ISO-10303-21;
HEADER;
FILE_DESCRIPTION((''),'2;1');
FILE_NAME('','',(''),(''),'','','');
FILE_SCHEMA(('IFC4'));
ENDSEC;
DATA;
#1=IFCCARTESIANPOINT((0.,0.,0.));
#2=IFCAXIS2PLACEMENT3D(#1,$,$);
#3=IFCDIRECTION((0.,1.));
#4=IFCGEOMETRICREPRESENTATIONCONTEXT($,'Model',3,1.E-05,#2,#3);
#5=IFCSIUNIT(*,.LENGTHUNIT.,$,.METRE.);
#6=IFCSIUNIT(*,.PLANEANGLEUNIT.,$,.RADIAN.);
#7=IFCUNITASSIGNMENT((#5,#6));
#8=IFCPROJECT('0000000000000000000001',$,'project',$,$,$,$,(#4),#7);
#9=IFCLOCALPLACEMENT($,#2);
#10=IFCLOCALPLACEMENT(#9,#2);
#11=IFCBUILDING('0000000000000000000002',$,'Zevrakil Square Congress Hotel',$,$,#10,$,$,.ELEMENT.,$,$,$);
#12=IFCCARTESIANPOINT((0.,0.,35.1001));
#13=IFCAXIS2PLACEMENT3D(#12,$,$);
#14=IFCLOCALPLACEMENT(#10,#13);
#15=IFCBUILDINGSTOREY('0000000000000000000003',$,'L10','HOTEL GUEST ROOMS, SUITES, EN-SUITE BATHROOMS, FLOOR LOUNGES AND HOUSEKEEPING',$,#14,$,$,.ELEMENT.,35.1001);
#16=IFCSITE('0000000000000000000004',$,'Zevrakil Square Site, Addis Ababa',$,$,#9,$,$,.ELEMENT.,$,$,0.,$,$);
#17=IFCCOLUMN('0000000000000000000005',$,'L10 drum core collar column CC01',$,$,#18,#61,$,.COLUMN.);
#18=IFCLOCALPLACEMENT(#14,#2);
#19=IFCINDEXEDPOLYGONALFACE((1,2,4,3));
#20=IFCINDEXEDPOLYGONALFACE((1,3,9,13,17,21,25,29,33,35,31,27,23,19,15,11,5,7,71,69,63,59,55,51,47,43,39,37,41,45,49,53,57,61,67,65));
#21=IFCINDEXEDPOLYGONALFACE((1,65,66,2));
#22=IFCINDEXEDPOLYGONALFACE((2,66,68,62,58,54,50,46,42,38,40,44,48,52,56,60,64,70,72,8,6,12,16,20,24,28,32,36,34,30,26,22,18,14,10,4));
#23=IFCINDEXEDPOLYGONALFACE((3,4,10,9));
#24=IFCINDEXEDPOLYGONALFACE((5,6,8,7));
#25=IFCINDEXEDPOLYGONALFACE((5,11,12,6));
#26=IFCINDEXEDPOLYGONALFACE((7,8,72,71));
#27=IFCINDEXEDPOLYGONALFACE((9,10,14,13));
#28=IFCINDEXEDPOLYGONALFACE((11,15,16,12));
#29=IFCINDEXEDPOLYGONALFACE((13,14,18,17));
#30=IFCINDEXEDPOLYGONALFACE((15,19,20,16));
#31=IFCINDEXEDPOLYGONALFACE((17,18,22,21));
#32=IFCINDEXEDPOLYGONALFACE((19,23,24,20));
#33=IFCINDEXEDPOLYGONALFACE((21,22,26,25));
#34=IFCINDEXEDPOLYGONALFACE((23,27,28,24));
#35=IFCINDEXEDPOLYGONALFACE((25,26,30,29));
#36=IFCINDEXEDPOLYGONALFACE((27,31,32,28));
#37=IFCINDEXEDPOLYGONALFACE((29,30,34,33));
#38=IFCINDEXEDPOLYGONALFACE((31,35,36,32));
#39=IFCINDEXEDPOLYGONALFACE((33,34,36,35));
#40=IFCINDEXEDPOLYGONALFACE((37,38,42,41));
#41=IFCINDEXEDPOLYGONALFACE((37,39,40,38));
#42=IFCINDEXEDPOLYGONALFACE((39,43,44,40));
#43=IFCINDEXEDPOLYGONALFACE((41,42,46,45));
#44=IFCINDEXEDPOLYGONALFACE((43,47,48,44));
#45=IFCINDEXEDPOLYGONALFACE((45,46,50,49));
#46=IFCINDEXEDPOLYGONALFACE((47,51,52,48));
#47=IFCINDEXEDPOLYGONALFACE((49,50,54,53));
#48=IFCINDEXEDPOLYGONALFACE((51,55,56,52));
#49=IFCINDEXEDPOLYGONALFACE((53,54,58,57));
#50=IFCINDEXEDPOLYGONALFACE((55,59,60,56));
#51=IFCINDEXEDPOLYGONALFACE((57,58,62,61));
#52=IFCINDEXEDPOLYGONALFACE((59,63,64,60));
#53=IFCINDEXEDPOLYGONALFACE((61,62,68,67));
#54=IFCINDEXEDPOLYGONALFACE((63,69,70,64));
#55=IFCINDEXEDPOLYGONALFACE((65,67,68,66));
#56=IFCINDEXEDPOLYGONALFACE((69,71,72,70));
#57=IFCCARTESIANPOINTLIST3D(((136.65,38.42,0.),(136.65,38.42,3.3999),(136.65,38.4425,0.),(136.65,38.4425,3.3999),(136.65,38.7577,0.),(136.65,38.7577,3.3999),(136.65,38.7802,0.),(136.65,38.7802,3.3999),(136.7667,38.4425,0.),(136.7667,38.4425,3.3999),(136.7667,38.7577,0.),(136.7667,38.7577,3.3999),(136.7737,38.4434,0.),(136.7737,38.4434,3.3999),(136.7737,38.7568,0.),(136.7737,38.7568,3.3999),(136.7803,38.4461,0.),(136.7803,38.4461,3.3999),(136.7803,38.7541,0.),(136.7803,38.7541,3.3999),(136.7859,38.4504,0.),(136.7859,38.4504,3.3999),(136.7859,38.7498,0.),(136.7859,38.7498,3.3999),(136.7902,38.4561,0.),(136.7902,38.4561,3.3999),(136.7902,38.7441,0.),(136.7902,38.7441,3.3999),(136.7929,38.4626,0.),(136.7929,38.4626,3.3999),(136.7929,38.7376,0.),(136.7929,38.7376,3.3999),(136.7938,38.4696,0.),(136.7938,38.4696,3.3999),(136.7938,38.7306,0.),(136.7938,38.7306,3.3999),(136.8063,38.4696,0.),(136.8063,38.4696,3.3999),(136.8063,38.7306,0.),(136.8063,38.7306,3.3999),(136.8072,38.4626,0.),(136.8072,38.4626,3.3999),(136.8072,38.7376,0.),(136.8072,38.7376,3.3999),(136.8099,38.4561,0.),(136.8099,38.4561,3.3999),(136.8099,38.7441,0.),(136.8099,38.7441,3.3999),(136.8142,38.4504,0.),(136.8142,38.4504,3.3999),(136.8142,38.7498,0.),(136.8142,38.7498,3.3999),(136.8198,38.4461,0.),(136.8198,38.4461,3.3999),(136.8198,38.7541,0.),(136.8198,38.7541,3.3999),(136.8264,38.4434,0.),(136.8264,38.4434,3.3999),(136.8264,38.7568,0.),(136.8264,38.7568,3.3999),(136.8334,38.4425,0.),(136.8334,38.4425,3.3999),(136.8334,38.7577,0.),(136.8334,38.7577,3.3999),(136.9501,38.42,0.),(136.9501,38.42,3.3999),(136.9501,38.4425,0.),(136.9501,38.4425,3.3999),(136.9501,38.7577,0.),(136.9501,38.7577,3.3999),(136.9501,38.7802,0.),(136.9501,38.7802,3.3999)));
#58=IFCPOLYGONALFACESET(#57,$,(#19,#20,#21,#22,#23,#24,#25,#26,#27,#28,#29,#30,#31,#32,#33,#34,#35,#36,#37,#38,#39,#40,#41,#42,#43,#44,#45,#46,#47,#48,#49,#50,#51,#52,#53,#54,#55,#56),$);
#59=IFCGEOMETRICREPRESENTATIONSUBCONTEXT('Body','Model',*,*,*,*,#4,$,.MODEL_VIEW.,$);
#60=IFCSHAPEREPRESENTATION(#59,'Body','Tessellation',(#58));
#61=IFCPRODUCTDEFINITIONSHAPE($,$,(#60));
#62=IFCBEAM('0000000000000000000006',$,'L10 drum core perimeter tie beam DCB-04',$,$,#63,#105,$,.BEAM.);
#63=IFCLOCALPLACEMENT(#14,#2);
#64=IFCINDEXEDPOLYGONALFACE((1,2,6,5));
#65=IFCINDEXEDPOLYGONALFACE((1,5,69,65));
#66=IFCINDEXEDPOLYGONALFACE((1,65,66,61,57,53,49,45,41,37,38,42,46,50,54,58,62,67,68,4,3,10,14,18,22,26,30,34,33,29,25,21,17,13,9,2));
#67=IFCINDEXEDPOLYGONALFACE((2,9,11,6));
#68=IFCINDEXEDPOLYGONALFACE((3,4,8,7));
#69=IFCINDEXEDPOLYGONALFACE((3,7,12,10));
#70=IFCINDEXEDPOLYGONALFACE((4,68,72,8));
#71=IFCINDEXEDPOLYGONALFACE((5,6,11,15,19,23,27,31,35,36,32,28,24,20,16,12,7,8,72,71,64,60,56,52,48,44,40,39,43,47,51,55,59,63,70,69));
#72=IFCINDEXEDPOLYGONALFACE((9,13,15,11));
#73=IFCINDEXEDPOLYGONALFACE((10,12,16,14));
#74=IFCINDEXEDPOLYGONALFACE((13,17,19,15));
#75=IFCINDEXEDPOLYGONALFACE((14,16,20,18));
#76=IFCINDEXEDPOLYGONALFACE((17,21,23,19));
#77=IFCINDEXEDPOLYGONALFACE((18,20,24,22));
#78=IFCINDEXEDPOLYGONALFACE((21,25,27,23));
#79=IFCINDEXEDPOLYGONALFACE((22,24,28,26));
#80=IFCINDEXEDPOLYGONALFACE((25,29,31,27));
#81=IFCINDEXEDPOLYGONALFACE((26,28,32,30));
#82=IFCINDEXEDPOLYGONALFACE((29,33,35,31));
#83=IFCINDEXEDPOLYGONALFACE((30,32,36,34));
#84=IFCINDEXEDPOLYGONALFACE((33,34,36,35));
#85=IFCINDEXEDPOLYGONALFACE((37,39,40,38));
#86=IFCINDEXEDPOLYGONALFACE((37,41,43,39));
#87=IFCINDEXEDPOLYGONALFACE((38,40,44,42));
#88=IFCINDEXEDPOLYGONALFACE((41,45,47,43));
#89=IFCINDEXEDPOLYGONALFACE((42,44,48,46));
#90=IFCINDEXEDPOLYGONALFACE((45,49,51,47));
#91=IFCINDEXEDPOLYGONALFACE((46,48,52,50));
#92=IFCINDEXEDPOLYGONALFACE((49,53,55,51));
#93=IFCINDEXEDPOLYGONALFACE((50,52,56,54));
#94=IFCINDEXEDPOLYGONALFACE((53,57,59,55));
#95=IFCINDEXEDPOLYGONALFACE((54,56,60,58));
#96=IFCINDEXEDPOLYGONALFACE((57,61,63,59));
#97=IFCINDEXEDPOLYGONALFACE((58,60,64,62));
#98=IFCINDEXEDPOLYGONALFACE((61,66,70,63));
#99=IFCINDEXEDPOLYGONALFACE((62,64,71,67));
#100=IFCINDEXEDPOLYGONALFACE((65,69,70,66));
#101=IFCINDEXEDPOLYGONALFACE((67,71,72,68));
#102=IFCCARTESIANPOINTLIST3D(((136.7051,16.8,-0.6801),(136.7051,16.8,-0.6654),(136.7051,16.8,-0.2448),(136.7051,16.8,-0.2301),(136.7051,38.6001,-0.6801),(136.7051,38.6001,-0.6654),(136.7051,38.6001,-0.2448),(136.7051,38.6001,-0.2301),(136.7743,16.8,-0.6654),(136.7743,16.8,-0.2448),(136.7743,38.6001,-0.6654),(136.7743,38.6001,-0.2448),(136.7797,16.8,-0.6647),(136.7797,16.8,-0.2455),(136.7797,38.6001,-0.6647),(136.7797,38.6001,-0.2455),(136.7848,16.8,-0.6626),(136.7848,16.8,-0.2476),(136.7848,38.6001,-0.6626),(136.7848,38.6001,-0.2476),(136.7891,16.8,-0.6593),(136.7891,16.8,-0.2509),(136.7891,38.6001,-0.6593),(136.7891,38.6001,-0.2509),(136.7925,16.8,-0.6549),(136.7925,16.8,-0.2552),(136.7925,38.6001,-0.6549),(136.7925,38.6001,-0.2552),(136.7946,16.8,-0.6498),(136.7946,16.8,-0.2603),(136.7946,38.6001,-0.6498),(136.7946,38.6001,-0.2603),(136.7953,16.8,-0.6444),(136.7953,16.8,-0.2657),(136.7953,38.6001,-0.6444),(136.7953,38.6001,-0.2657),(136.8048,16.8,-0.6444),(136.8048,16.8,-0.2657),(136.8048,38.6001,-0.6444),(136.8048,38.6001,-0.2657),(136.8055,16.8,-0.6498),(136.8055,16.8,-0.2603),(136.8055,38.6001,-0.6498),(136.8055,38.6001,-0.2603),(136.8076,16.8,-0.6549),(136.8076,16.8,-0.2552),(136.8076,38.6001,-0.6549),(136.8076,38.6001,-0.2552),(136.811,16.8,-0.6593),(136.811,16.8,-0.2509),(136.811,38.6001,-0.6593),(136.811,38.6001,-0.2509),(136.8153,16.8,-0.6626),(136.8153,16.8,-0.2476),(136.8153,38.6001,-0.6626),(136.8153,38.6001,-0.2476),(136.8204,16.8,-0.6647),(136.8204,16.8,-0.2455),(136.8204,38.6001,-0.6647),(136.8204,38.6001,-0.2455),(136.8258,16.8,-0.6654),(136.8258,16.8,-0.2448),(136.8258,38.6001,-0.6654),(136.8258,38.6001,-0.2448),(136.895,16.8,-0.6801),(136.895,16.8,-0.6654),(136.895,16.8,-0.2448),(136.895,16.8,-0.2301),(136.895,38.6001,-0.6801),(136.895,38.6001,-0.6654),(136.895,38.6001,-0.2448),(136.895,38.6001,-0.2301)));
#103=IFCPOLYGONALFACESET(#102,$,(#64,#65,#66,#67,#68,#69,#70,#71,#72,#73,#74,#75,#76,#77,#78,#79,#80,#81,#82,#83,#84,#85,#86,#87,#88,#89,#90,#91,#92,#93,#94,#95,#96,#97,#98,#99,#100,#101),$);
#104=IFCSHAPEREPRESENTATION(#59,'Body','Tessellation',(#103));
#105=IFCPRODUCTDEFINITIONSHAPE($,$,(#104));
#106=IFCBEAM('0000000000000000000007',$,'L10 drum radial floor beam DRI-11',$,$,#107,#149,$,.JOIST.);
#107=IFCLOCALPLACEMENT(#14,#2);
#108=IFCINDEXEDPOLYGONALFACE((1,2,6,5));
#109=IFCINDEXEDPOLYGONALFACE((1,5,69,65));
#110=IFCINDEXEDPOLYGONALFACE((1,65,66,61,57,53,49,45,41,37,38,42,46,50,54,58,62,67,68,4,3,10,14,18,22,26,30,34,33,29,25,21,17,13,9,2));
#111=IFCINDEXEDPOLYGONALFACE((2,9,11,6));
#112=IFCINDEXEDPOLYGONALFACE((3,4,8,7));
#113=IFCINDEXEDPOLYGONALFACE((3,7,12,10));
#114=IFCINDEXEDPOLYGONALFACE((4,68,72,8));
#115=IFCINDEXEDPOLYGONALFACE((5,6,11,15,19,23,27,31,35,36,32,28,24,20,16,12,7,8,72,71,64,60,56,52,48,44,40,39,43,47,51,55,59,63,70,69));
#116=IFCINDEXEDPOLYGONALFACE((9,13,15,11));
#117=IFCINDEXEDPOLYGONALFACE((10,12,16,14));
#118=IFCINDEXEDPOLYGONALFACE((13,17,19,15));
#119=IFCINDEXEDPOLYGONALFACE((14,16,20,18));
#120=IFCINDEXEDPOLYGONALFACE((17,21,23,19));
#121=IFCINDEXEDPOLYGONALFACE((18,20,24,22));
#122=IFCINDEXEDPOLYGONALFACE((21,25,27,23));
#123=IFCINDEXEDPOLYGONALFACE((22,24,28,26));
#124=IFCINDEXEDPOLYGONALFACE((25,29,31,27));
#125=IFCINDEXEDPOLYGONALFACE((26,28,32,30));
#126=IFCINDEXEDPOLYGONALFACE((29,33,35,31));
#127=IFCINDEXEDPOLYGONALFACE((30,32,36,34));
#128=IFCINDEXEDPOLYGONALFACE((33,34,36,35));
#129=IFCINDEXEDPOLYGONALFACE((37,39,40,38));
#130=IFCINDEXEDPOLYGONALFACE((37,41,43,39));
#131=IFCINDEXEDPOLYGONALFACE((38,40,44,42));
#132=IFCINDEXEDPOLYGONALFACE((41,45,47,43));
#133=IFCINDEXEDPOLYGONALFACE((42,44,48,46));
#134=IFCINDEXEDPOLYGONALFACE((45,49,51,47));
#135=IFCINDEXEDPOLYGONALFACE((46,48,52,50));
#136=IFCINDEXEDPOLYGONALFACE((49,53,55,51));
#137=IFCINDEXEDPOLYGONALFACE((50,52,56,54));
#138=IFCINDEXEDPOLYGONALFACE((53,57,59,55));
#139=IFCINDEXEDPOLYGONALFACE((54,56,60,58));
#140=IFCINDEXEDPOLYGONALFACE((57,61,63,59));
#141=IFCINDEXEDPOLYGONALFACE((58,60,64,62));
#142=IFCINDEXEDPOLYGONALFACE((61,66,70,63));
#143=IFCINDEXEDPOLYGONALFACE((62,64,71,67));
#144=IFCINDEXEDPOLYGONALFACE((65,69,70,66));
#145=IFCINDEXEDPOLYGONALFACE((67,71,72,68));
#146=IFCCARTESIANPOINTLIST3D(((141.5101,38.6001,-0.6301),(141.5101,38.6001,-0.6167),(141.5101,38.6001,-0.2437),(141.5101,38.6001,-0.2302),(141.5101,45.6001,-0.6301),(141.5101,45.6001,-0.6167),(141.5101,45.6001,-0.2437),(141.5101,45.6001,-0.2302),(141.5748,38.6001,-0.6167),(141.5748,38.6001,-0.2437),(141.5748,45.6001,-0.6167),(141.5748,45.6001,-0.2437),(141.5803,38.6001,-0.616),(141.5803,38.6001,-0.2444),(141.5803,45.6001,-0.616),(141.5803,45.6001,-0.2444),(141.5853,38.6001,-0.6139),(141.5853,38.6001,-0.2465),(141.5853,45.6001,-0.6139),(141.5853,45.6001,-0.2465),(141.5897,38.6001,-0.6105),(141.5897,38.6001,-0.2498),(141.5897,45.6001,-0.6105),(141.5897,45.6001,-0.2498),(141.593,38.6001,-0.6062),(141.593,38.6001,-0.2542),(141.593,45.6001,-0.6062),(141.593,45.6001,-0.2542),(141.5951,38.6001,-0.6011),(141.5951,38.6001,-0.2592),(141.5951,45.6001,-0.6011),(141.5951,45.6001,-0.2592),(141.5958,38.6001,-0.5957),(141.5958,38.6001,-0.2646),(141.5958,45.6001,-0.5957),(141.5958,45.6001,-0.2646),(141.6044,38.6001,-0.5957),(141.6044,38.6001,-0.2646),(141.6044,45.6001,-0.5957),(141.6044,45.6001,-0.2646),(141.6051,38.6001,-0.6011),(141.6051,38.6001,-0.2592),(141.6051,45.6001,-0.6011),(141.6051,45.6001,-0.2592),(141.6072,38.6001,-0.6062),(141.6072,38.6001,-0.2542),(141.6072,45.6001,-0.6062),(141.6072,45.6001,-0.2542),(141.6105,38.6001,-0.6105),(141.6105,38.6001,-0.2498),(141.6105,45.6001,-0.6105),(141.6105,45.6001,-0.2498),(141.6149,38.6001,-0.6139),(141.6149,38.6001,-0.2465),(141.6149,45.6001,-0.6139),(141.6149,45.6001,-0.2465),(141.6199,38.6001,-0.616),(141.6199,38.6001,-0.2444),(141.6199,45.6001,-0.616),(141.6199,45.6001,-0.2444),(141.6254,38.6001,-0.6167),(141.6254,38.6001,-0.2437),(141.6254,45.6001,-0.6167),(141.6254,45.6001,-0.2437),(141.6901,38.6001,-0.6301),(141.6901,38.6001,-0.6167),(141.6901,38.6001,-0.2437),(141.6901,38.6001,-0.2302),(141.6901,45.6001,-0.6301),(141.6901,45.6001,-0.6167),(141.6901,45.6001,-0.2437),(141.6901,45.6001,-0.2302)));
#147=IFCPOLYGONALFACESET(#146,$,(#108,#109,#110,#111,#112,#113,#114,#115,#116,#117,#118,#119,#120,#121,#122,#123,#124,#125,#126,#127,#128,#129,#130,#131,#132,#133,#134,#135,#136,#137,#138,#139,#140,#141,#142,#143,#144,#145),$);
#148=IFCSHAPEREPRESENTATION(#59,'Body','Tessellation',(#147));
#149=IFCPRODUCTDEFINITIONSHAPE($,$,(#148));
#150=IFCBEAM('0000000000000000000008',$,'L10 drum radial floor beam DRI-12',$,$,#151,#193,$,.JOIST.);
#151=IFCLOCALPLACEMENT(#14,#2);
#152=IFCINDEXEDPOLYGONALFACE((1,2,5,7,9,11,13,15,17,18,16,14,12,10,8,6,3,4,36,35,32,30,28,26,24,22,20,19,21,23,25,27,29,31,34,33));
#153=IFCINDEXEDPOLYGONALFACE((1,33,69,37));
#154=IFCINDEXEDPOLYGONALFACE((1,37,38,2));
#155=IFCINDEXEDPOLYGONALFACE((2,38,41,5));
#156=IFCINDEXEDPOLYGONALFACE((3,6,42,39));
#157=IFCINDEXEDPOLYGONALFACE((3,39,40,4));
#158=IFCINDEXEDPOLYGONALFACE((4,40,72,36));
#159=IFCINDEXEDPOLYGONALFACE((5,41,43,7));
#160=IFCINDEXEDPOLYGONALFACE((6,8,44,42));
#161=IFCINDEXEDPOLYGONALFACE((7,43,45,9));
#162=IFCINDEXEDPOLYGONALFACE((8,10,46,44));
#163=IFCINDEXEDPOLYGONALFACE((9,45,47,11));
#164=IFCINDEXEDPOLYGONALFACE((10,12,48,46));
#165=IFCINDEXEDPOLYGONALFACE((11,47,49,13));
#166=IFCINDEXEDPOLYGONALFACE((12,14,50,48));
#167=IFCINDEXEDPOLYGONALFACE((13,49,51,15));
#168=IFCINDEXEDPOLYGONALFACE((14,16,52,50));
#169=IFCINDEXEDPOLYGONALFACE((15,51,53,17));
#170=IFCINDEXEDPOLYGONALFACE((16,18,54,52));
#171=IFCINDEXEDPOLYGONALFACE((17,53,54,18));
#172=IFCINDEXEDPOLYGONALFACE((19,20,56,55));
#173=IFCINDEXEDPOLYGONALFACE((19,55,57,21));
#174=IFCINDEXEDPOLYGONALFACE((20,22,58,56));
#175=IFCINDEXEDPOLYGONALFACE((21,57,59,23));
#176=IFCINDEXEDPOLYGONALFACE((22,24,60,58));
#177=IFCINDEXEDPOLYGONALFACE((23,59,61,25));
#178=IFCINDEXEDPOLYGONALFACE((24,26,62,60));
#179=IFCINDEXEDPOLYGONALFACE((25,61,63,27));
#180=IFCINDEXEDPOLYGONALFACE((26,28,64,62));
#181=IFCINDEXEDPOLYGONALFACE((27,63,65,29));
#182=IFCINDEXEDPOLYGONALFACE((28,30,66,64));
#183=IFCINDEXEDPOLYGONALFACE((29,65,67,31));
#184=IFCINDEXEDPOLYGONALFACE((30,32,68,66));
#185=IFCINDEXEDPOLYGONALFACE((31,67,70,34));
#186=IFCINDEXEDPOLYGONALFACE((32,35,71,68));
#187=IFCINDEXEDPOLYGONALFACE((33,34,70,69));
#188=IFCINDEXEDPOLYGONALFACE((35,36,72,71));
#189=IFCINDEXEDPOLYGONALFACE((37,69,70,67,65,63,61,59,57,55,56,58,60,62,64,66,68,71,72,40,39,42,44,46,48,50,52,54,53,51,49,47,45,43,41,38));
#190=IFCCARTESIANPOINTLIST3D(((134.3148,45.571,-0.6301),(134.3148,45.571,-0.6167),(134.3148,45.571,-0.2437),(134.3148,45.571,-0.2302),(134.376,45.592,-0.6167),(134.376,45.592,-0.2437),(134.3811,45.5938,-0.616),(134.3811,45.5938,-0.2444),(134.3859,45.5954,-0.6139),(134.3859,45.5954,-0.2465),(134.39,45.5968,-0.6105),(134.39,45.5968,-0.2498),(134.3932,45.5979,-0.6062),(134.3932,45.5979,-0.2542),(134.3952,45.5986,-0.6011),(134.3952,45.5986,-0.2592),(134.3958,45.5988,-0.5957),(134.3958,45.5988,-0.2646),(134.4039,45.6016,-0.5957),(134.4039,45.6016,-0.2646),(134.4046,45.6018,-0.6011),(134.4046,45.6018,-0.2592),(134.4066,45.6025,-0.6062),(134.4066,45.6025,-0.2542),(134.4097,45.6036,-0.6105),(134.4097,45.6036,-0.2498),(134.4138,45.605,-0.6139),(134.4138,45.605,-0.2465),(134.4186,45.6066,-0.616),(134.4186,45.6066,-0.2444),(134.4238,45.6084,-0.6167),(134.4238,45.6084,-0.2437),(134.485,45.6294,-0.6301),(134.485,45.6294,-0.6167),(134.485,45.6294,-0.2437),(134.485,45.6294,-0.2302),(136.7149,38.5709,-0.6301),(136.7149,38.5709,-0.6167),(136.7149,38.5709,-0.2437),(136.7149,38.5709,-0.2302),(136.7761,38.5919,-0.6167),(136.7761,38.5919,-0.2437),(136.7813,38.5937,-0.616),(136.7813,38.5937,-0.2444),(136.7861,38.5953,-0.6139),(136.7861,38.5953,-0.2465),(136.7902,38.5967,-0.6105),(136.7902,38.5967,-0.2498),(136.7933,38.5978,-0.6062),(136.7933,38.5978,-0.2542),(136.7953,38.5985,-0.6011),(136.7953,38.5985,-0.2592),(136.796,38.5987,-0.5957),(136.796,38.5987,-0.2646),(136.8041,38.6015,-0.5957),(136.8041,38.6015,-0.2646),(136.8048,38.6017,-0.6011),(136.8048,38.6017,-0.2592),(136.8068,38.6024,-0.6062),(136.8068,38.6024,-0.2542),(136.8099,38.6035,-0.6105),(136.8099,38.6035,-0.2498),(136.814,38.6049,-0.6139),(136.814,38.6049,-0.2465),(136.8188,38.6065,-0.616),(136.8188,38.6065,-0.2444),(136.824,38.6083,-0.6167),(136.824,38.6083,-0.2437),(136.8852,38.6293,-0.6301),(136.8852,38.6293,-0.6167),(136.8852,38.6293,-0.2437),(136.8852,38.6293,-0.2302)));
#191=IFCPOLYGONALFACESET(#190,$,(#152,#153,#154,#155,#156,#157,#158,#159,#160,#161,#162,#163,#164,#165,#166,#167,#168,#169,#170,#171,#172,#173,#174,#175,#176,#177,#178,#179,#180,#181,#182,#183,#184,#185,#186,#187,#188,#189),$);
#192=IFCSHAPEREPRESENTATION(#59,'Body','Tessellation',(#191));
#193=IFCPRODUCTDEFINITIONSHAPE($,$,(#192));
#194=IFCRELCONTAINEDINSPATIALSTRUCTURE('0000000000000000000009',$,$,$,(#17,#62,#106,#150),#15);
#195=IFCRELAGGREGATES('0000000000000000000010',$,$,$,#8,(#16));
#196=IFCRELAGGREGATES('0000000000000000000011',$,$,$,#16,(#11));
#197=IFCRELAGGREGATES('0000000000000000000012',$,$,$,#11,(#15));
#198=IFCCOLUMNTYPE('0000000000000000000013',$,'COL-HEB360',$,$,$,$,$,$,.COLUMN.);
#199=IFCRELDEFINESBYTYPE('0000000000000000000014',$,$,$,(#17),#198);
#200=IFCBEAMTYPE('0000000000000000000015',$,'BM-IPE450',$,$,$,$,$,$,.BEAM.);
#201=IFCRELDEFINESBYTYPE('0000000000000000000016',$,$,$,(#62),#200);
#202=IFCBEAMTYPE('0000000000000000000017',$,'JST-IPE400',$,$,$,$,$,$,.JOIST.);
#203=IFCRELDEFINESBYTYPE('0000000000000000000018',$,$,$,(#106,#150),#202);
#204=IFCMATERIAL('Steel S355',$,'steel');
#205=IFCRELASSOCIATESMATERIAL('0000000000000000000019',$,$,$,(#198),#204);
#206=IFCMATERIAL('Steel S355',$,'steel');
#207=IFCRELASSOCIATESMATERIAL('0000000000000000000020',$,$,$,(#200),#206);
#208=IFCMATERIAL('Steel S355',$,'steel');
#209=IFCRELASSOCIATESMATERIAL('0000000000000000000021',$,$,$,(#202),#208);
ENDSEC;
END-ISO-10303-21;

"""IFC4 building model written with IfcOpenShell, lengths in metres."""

from ifc_helpers import new_model, si_unit, direction, frame, origin, origin_2d, place, context, subcontext, project, spatial, i_section, extrude, material, material_profile, profile_set, type_object, element, save


model = new_model("IFC4")

# Units and contexts
model_context = context("Model", 3, precision=1e-05, world=origin(), true_north=direction((0.0, 1.0)))
body_context = subcontext(model_context, "Body", "Model", "MODEL_VIEW")
ifc_project = project(units=[si_unit("LENGTHUNIT", "METRE"), si_unit("PLANEANGLEUNIT", "RADIAN")], contexts=[model_context])

# Site, building, storey
site_placement = place(None, origin())
site = spatial("IfcSite", under=ifc_project, at=site_placement, Name="Zevrakil Square Site, Addis Ababa", CompositionType="ELEMENT", RefElevation=0.0)
building_placement = place(site_placement, origin())
building = spatial("IfcBuilding", under=site, at=building_placement, Name="Zevrakil Square Congress Hotel", CompositionType="ELEMENT")
storey_placement = place(building_placement, frame((0.0, 0.0, 35.1001)))
storey = spatial("IfcBuildingStorey", under=building, at=storey_placement, Name="L10", Description="HOTEL GUEST ROOMS, SUITES, EN-SUITE BATHROOMS, FLOOR LOUNGES AND HOUSEKEEPING", CompositionType="ELEMENT", Elevation=35.1001)

# Column
ifc_material_1 = material(Name="Steel S355", Category="steel")
ifc_material_profile_1 = material_profile(ifc_material_1, i_section(OverallWidth=0.3, OverallDepth=0.3601, WebThickness=0.0125, FlangeThickness=0.0225, FilletRadius=0.0271, at=origin_2d()), Name="HEB 360")
ifc_profile_set_1 = profile_set([ifc_material_profile_1], Name="Steel S355")
column_type = type_object("IfcColumnType", Name="COL-HEB360", PredefinedType="COLUMN", material=ifc_profile_set_1)
column_placement = place(storey_placement, frame((136.8, 38.6001, 0.0), z_axis=(0.0, 0.0, 1.0), x_axis=(1.0, 0.0, 0.0)))
element("IfcColumn", 1, at=column_placement, inside=storey, type_object=column_type, Name="L10 drum core collar column CC01", PredefinedType="COLUMN", context=body_context, shape_type="SweptSolid", body=[
    extrude(i_section(OverallWidth=0.3, OverallDepth=0.3601, WebThickness=0.0125, FlangeThickness=0.0225, FilletRadius=0.0271, at=origin_2d()), origin(), (0.0, 0.0, 1.0), 3.3999),
])

# Beams
ifc_material_2 = material(Name="Steel S355", Category="steel")
ifc_material_profile_2 = material_profile(ifc_material_2, i_section(OverallWidth=0.1899, OverallDepth=0.45, WebThickness=0.0095, FlangeThickness=0.0146, FilletRadius=0.021, at=origin_2d()), Name="IPE 450")
ifc_profile_set_2 = profile_set([ifc_material_profile_2], Name="Steel S355")
beam_type_1 = type_object("IfcBeamType", Name="BM-IPE450", PredefinedType="BEAM", material=ifc_profile_set_2)
beam_1_placement = place(storey_placement, frame((136.8, 38.6001, -0.4551), z_axis=(0.0, -1.0, 0.0), x_axis=(1.0, 0.0, 0.0)))
element("IfcBeam", 2, at=beam_1_placement, inside=storey, type_object=beam_type_1, Name="L10 drum core perimeter tie beam DCB-04", PredefinedType="BEAM", context=body_context, shape_type="SweptSolid", body=[
    extrude(i_section(OverallWidth=0.1899, OverallDepth=0.45, WebThickness=0.0095, FlangeThickness=0.0146, FilletRadius=0.021, at=origin_2d()), origin(), (0.0, 0.0, 1.0), 21.8),
])
ifc_material_3 = material(Name="Steel S355", Category="steel")
ifc_material_profile_3 = material_profile(ifc_material_3, i_section(OverallWidth=0.1799, OverallDepth=0.3999, WebThickness=0.0085, FlangeThickness=0.0134, FilletRadius=0.021, at=origin_2d()), Name="IPE 400")
ifc_profile_set_3 = profile_set([ifc_material_profile_3], Name="Steel S355")
beam_type_2 = type_object("IfcBeamType", Name="JST-IPE400", PredefinedType="JOIST", material=ifc_profile_set_3)
beam_2_placement = place(storey_placement, frame((141.6001, 38.6001, -0.4302), z_axis=(0.0, 1.0, 0.0), x_axis=(-1.0, 0.0, 0.0)))
element("IfcBeam", 3, at=beam_2_placement, inside=storey, type_object=beam_type_2, Name="L10 drum radial floor beam DRI-11", PredefinedType="JOIST", context=body_context, shape_type="SweptSolid", body=[
    extrude(i_section(OverallWidth=0.1799, OverallDepth=0.3999, WebThickness=0.0085, FlangeThickness=0.0134, FilletRadius=0.021, at=origin_2d()), origin(), (0.0, 0.0, 1.0), 7.0),
])
beam_3_placement = place(storey_placement, frame((136.8, 38.6001, -0.4302), z_axis=(-0.324342, 0.94594, 0.0), x_axis=(-0.94594, -0.324342, 0.0)))
element("IfcBeam", 4, at=beam_3_placement, inside=storey, type_object=beam_type_2, Name="L10 drum radial floor beam DRI-12", PredefinedType="JOIST", context=body_context, shape_type="SweptSolid", body=[
    extrude(i_section(OverallWidth=0.1799, OverallDepth=0.3999, WebThickness=0.0085, FlangeThickness=0.0134, FilletRadius=0.021, at=origin_2d()), origin(), (0.0, 0.0, 1.0), 7.4001),
])

save(model, "model.ifc")
